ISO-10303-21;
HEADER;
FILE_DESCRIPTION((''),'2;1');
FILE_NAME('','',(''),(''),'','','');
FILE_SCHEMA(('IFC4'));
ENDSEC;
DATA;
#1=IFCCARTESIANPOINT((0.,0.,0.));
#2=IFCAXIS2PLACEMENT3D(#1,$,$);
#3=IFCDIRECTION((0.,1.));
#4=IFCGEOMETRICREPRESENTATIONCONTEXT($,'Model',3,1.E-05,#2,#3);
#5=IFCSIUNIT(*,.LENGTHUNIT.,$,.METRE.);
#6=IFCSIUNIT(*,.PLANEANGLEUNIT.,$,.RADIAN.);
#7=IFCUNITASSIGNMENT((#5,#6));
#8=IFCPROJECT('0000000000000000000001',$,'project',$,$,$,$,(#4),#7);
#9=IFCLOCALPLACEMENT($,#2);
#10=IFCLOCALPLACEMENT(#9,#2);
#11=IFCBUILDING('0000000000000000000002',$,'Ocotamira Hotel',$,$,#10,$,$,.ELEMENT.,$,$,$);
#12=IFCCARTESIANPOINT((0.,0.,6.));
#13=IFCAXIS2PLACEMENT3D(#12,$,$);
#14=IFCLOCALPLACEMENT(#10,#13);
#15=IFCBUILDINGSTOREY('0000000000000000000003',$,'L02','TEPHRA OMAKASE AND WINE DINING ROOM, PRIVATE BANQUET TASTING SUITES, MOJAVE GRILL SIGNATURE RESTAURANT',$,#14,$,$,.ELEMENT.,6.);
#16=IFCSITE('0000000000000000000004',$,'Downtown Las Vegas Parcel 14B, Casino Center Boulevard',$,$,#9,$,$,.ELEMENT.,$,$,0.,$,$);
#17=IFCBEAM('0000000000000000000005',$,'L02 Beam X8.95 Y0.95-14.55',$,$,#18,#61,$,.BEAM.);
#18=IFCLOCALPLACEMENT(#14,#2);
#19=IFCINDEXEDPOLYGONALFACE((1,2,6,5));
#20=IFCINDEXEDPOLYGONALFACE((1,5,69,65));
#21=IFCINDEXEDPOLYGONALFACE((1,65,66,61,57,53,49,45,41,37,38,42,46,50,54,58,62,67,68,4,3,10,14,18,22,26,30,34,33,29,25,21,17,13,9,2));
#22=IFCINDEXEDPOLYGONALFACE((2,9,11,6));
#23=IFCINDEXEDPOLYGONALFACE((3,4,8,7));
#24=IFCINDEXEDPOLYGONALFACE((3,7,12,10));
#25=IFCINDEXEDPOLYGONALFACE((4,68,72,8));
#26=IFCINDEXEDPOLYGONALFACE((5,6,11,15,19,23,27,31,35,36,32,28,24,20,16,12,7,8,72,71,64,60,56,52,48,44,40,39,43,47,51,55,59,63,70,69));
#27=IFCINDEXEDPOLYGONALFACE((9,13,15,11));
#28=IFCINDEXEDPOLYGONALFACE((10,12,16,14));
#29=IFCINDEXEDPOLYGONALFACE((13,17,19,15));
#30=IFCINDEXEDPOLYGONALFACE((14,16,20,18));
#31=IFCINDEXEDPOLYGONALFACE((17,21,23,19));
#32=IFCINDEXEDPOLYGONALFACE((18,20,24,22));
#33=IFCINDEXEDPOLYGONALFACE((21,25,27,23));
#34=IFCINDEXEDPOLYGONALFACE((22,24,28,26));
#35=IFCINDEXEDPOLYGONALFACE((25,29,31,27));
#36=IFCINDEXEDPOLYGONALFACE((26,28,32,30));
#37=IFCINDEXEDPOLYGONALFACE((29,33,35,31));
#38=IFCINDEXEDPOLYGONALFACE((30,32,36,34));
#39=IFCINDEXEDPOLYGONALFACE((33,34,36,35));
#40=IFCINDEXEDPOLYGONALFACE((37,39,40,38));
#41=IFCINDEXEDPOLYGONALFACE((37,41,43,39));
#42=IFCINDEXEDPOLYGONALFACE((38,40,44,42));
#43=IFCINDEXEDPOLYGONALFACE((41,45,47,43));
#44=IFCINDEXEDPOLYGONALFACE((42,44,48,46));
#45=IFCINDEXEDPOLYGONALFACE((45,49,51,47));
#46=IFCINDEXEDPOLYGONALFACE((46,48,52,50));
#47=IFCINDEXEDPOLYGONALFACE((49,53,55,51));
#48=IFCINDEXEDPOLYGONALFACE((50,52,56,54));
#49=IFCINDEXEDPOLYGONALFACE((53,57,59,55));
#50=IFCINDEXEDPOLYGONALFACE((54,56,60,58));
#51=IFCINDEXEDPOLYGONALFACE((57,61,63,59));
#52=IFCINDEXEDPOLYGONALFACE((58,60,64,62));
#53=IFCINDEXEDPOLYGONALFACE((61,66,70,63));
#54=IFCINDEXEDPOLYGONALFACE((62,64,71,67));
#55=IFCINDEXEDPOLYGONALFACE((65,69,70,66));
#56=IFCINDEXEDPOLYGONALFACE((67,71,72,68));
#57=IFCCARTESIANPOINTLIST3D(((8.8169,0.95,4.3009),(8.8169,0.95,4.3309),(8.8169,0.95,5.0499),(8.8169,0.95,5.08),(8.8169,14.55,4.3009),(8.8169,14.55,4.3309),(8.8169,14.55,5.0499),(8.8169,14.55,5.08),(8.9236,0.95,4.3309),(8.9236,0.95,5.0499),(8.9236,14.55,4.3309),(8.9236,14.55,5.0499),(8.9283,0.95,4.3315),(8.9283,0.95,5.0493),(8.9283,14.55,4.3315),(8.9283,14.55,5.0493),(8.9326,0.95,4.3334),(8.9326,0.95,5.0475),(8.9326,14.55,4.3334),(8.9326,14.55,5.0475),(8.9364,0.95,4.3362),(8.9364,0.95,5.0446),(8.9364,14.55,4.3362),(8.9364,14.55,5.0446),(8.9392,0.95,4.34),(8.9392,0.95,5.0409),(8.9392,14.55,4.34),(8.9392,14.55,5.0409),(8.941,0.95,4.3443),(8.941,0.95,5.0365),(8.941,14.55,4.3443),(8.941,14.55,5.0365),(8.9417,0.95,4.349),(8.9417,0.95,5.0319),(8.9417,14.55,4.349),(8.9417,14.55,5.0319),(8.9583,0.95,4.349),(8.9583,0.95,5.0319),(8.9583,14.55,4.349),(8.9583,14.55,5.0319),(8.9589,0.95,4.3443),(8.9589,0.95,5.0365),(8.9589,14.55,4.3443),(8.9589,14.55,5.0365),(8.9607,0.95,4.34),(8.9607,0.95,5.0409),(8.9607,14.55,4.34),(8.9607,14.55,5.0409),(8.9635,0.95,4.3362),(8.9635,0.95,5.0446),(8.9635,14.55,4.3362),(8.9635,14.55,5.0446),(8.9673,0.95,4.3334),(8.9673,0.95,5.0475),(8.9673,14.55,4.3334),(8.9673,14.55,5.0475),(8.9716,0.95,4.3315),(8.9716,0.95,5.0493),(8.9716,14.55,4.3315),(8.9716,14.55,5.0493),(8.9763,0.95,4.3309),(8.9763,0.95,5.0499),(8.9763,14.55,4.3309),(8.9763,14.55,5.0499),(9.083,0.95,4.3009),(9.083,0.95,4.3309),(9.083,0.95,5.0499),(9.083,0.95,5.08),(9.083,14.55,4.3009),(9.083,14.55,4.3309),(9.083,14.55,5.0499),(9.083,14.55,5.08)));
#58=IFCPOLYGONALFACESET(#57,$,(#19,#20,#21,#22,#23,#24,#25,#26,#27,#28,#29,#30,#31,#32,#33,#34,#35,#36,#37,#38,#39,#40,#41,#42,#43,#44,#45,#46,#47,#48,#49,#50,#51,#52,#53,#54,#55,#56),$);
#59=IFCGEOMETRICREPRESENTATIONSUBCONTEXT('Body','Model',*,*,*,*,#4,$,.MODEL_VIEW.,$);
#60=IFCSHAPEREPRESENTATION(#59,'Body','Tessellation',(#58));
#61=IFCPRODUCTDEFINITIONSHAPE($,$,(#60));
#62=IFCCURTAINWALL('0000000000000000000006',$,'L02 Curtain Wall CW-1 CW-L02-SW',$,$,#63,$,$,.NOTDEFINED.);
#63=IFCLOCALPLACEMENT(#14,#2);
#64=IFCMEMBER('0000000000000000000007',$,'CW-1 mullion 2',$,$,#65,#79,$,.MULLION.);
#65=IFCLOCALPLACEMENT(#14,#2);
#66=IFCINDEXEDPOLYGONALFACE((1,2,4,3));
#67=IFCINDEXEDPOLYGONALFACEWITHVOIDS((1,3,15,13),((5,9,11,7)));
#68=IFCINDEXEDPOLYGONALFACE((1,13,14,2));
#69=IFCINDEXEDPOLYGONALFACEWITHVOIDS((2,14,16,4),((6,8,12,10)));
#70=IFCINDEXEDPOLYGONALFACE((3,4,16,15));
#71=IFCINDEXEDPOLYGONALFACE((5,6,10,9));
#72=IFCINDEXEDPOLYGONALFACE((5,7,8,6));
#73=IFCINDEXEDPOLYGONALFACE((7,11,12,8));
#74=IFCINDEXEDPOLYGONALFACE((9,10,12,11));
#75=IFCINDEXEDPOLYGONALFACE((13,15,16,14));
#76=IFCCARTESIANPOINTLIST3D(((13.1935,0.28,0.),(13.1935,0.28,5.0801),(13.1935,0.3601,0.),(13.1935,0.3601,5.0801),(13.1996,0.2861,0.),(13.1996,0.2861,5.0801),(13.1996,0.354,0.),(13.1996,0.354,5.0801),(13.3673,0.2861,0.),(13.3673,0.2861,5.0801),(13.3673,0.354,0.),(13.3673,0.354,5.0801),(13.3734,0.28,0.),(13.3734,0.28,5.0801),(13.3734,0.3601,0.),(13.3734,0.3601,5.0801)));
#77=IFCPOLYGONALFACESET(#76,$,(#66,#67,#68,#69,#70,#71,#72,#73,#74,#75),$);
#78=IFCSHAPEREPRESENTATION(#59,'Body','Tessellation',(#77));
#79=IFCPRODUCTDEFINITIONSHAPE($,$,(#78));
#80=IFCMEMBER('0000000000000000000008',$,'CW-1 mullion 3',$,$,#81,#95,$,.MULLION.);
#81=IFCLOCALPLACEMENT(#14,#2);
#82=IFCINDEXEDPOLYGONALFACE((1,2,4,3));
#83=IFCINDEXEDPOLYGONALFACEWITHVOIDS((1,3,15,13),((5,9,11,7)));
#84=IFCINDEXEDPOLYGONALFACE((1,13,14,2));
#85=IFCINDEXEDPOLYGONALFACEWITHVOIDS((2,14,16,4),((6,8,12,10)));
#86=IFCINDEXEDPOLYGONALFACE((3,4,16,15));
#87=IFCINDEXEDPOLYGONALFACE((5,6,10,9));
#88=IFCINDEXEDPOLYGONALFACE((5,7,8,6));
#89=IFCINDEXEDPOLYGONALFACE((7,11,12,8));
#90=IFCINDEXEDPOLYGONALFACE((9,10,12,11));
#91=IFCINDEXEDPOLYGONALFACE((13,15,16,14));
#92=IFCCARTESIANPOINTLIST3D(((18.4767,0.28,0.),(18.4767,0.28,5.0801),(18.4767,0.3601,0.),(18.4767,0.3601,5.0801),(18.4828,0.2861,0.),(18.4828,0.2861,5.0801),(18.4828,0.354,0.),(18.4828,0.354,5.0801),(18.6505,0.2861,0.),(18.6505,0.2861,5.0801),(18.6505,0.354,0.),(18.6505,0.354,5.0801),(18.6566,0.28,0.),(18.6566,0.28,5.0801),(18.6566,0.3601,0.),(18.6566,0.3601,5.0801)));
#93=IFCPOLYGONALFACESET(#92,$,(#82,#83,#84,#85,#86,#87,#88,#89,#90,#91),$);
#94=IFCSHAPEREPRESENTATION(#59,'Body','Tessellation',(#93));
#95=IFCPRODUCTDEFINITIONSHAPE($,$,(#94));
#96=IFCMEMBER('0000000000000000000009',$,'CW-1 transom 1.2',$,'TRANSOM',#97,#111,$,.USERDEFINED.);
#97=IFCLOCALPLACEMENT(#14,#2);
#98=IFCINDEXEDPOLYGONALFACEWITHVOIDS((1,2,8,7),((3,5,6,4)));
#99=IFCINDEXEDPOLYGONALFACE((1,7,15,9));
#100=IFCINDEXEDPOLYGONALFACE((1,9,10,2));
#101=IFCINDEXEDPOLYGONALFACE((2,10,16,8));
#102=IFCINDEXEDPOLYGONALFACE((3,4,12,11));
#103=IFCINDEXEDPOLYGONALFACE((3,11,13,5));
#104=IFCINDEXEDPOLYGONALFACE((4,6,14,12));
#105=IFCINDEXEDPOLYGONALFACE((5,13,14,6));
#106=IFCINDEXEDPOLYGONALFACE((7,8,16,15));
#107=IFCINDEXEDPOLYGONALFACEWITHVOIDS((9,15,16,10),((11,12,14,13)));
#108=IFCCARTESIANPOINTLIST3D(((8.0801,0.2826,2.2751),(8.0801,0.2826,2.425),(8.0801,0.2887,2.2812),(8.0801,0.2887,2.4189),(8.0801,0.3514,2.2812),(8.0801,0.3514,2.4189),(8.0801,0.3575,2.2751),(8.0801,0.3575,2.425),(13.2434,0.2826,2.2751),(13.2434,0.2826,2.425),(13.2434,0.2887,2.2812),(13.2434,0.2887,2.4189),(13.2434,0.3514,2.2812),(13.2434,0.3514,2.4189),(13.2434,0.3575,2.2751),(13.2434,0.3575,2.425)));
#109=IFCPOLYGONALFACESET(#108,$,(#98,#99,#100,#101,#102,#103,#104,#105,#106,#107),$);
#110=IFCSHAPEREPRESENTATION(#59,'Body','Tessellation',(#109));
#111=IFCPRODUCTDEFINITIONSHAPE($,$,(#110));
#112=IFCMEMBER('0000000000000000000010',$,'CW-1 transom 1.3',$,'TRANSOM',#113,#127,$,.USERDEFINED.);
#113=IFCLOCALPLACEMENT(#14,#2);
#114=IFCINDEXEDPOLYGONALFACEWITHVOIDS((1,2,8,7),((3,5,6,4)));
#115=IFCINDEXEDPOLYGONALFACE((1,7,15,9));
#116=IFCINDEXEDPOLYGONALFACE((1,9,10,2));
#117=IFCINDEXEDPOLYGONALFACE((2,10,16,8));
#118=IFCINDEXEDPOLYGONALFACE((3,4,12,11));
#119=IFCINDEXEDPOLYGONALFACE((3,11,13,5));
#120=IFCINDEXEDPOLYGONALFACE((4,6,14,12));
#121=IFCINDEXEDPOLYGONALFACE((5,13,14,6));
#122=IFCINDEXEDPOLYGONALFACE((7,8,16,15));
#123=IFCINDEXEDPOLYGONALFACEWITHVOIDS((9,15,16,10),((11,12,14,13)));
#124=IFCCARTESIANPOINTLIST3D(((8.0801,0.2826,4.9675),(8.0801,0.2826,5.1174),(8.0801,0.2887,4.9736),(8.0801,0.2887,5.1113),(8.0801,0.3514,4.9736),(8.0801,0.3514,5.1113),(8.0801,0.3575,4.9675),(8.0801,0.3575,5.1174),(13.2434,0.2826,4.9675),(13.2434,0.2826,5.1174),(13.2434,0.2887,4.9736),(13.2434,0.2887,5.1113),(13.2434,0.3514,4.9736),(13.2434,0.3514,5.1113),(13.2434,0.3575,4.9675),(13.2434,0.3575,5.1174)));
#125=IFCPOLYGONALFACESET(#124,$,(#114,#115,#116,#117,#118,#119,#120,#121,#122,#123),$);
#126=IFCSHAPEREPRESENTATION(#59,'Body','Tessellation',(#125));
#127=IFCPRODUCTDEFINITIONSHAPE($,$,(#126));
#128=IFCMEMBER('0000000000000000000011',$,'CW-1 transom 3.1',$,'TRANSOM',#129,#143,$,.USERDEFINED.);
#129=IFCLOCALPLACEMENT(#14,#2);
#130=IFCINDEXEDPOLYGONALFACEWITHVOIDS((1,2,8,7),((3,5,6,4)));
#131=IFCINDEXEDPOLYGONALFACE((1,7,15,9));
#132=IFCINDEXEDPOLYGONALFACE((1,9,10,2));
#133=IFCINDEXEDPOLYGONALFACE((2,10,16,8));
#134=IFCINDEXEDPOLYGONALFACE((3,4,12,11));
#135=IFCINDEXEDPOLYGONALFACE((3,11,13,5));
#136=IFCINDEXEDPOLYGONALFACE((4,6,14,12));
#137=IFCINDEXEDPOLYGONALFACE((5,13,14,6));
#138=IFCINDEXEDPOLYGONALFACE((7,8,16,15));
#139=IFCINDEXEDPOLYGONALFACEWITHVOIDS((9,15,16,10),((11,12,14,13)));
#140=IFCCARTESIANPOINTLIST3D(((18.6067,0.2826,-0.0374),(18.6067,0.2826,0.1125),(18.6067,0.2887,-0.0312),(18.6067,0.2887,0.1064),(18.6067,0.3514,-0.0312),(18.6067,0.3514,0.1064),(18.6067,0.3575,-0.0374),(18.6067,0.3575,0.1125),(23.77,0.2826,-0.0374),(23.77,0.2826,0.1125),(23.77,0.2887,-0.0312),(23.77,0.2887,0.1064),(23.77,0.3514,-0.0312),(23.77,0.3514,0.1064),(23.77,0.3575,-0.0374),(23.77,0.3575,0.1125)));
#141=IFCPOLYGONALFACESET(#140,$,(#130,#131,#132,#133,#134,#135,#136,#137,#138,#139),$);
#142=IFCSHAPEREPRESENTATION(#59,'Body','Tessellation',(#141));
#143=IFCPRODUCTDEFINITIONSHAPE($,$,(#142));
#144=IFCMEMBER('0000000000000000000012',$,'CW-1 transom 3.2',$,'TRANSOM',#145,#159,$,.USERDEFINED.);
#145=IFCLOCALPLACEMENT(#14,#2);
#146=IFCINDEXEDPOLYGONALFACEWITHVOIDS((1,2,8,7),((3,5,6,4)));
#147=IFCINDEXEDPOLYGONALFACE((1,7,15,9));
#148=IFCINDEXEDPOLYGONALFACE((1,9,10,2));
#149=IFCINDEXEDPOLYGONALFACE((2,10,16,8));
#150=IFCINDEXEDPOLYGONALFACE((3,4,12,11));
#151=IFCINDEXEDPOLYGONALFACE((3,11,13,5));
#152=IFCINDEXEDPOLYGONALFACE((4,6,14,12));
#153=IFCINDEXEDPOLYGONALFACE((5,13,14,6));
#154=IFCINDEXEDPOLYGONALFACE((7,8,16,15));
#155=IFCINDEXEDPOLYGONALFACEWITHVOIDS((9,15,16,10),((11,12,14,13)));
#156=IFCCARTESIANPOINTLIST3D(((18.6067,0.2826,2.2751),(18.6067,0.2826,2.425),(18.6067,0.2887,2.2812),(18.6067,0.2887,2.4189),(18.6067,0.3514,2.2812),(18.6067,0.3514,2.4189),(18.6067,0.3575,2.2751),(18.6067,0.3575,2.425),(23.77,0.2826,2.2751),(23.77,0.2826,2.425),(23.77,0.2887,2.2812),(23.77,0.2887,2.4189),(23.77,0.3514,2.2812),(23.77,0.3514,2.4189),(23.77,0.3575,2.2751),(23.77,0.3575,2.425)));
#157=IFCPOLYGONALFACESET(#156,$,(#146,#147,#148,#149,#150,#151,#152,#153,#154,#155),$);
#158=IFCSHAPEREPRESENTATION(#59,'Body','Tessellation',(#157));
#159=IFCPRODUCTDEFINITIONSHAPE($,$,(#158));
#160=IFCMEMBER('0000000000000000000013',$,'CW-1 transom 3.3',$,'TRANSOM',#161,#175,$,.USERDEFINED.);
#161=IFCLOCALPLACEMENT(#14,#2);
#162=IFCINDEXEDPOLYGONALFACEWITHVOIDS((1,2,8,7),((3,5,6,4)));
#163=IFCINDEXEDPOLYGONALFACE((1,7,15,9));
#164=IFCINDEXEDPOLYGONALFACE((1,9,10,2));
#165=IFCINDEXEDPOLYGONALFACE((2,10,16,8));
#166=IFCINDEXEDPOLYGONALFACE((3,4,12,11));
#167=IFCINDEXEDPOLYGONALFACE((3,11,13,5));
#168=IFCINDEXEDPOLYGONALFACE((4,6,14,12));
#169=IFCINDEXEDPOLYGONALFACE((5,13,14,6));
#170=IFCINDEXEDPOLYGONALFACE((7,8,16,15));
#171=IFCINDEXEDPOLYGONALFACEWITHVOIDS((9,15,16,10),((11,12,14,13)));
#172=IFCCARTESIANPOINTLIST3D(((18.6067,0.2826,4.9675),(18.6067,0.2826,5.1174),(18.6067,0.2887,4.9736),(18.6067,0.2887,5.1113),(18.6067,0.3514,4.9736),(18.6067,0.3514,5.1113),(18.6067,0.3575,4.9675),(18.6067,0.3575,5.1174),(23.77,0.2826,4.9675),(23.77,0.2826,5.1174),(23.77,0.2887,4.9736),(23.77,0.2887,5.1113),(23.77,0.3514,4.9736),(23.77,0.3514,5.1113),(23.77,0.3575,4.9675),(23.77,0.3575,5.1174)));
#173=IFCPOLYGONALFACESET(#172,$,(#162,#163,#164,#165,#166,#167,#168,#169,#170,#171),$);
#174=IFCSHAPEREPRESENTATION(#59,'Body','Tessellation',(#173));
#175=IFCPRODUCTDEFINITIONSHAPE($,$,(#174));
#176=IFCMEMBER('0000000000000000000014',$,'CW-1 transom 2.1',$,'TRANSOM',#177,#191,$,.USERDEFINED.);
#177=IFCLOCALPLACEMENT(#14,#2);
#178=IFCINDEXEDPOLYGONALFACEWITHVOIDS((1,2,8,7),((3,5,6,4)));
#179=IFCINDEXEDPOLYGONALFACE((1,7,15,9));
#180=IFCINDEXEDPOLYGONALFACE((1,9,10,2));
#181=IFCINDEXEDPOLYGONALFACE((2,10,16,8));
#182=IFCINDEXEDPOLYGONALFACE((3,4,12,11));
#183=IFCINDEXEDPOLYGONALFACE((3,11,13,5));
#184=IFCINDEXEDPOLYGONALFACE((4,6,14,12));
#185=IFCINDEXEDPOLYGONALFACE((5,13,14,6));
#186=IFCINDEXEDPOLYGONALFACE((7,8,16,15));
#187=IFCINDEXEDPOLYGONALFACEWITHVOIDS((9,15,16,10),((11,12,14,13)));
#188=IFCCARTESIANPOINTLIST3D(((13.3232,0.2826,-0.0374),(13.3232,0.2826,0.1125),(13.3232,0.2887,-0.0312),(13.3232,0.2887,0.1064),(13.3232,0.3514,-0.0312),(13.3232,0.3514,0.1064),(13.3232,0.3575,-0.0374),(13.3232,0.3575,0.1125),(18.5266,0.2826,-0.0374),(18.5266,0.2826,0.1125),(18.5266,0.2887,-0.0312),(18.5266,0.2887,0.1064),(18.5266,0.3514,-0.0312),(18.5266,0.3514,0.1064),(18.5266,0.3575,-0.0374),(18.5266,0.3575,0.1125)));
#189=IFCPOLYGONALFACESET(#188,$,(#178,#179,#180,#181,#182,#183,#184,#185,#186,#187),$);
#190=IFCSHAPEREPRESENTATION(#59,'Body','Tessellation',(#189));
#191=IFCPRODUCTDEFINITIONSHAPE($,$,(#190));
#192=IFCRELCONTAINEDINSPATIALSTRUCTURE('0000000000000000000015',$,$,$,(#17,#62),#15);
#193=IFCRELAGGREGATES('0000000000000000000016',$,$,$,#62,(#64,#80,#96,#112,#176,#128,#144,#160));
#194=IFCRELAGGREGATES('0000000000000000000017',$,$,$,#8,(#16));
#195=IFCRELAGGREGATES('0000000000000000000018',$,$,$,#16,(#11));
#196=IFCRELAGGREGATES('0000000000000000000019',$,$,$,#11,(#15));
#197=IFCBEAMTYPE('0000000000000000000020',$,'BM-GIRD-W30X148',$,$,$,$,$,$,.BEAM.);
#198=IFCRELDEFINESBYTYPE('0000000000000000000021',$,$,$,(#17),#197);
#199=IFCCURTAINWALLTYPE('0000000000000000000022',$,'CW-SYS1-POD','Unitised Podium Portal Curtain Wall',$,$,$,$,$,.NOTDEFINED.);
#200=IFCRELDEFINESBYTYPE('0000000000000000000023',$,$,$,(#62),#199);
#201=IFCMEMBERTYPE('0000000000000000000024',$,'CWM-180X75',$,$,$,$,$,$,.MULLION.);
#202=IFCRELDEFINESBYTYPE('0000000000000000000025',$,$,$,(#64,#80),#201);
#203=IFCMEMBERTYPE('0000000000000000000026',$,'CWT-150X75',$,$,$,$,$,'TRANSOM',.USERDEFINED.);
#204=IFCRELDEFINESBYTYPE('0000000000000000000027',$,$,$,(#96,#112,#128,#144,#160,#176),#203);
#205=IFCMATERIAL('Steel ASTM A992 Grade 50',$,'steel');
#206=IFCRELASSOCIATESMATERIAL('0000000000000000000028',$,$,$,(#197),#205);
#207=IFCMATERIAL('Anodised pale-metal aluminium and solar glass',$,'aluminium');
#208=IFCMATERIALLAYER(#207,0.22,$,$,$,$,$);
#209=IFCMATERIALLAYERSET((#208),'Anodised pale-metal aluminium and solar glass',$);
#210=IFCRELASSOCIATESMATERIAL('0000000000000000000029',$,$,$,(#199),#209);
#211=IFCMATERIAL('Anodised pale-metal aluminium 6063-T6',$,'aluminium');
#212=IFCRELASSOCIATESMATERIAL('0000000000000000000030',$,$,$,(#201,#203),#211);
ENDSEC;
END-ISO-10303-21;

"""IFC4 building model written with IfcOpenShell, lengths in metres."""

from ifc_helpers import new_model, si_unit, direction, frame, origin, origin_2d, place, context, subcontext, project, spatial, hollow_rectangle, i_section, extrude, source, transform, mapped, material, layer, layer_set, material_profile, profile_set, type_object, element, aggregate, save


model = new_model("IFC4")

# Units and contexts
model_context = context("Model", 3, precision=1e-05, world=origin(), true_north=direction((0.0, 1.0)))
body_context = subcontext(model_context, "Body", "Model", "MODEL_VIEW")
ifc_project = project(units=[si_unit("LENGTHUNIT", "METRE"), si_unit("PLANEANGLEUNIT", "RADIAN")], contexts=[model_context])

# Site, building, storey
site_placement = place(None, origin())
site = spatial("IfcSite", under=ifc_project, at=site_placement, Name="Downtown Las Vegas Parcel 14B, Casino Center Boulevard", CompositionType="ELEMENT", RefElevation=0.0)
building_placement = place(site_placement, origin())
building = spatial("IfcBuilding", under=site, at=building_placement, Name="Ocotamira Hotel", CompositionType="ELEMENT")
storey_placement = place(building_placement, frame((0.0, 0.0, 6.0)))
storey = spatial("IfcBuildingStorey", under=building, at=storey_placement, Name="L02", Description="TEPHRA OMAKASE AND WINE DINING ROOM, PRIVATE BANQUET TASTING SUITES, MOJAVE GRILL SIGNATURE RESTAURANT", CompositionType="ELEMENT", Elevation=6.0)

# Beam
ifc_material_1 = material(Name="Steel ASTM A992 Grade 50", Category="steel")
ifc_material_profile_1 = material_profile(ifc_material_1, i_section(OverallWidth=0.2661, OverallDepth=0.7791, WebThickness=0.0166, FlangeThickness=0.03, FilletRadius=0.0181, at=origin_2d()), Name="W30X148")
ifc_profile_set_1 = profile_set([ifc_material_profile_1], Name="Steel ASTM A992 Grade 50")
beam_type_1 = type_object("IfcBeamType", Name="BM-GIRD-W30X148", PredefinedType="BEAM", material=ifc_profile_set_1)
shared_shape_1 = source(origin(), body_context, "Body", "SweptSolid", [
    extrude(i_section(OverallWidth=0.2661, OverallDepth=0.7791, WebThickness=0.0166, FlangeThickness=0.03, FilletRadius=0.0181, at=origin_2d()), origin(), (0.0, 0.0, 1.0), 13.6001),
])
beam_1_placement = place(storey_placement, frame((8.95, 0.95, 4.6904), z_axis=(0.0, 1.0, 0.0), x_axis=(-1.0, 0.0, 0.0)))
element("IfcBeam", 1, at=beam_1_placement, inside=storey, type_object=beam_type_1, Name="L02 Beam X8.95 Y0.95-14.55", PredefinedType="BEAM", context=body_context, shape_type="MappedRepresentation", body=[
    mapped(shared_shape_1, transform((0.0, 0.0, 0.0), scale=1.0)),
])

# Curtain wall, members
ifc_material_2 = material(Name="Anodised pale-metal aluminium and solar glass", Category="aluminium")
ifc_layer_1 = layer(ifc_material_2, 0.22)
ifc_layer_set_1 = layer_set([ifc_layer_1], Name="Anodised pale-metal aluminium and solar glass")
curtain_wall_type = type_object("IfcCurtainWallType", Name="CW-SYS1-POD", Description="Unitised Podium Portal Curtain Wall", PredefinedType="NOTDEFINED", material=ifc_layer_set_1)
curtain_wall_placement = place(storey_placement, origin())
curtain_wall = element("IfcCurtainWall", 2, at=curtain_wall_placement, inside=storey, type_object=curtain_wall_type, Name="L02 Curtain Wall CW-1 CW-L02-SW", PredefinedType="NOTDEFINED")
ifc_material_3 = material(Name="Anodised pale-metal aluminium 6063-T6", Category="aluminium")
ifc_material_profile_2 = material_profile(ifc_material_3, hollow_rectangle(XDim=0.0801, YDim=0.1799, WallThickness=0.0061, at=origin_2d()), Name="HSS180X80X6")
ifc_profile_set_2 = profile_set([ifc_material_profile_2], Name="Anodised pale-metal aluminium 6063-T6")
member_type_1 = type_object("IfcMemberType", Name="CWM-180X75", PredefinedType="MULLION", material=ifc_profile_set_2)
shared_shape_2 = source(origin(), body_context, "Body", "SweptSolid", [
    extrude(hollow_rectangle(XDim=0.0801, YDim=0.1799, WallThickness=0.0061, at=origin_2d()), origin(), (0.0, 0.0, 1.0), 5.0801),
])
member_1_placement = place(storey_placement, frame((13.2834, 0.3201, 0.0), z_axis=(0.0, 0.0, 1.0), x_axis=(0.0, 1.0, 0.0)))
member_1 = element("IfcMember", 3, at=member_1_placement, type_object=member_type_1, Name="CW-1 mullion 2", PredefinedType="MULLION", context=body_context, shape_type="MappedRepresentation", body=[
    mapped(shared_shape_2, transform((0.0, 0.0, 0.0), scale=1.0)),
])
member_2_placement = place(storey_placement, frame((18.5667, 0.3201, 0.0), z_axis=(0.0, 0.0, 1.0), x_axis=(0.0, 1.0, 0.0)))
member_2 = element("IfcMember", 4, at=member_2_placement, type_object=member_type_1, Name="CW-1 mullion 3", PredefinedType="MULLION", context=body_context, shape_type="MappedRepresentation", body=[
    mapped(shared_shape_2, transform((0.0, 0.0, 0.0), scale=1.0)),
])
ifc_material_profile_3 = material_profile(ifc_material_3, hollow_rectangle(XDim=0.075, YDim=0.1499, WallThickness=0.0061, at=origin_2d()), Name="HSS150X75X6")
ifc_profile_set_3 = profile_set([ifc_material_profile_3], Name="Anodised pale-metal aluminium 6063-T6")
member_type_2 = type_object("IfcMemberType", Name="CWT-150X75", ElementType="TRANSOM", PredefinedType="USERDEFINED", material=ifc_profile_set_3)
shared_shape_3 = source(origin(), body_context, "Body", "SweptSolid", [
    extrude(hollow_rectangle(XDim=0.075, YDim=0.1499, WallThickness=0.0061, at=origin_2d()), origin(), (0.0, 0.0, 1.0), 5.1633),
])
member_3_placement = place(storey_placement, frame((8.0801, 0.3201, 2.3501), z_axis=(1.0, 0.0, 0.0), x_axis=(0.0, 1.0, 0.0)))
member_3 = element("IfcMember", 5, at=member_3_placement, type_object=member_type_2, Name="CW-1 transom 1.2", ObjectType="TRANSOM", PredefinedType="USERDEFINED", context=body_context, shape_type="MappedRepresentation", body=[
    mapped(shared_shape_3, transform((0.0, 0.0, 0.0), scale=1.0)),
])
member_4_placement = place(storey_placement, frame((8.0801, 0.3201, 5.0425), z_axis=(1.0, 0.0, 0.0), x_axis=(0.0, 1.0, 0.0)))
member_4 = element("IfcMember", 6, at=member_4_placement, type_object=member_type_2, Name="CW-1 transom 1.3", ObjectType="TRANSOM", PredefinedType="USERDEFINED", context=body_context, shape_type="MappedRepresentation", body=[
    mapped(shared_shape_3, transform((0.0, 0.0, 0.0), scale=1.0)),
])
member_5_placement = place(storey_placement, frame((18.6067, 0.3201, 0.0376), z_axis=(1.0, 0.0, 0.0), x_axis=(0.0, 1.0, 0.0)))
member_5 = element("IfcMember", 7, at=member_5_placement, type_object=member_type_2, Name="CW-1 transom 3.1", ObjectType="TRANSOM", PredefinedType="USERDEFINED", context=body_context, shape_type="MappedRepresentation", body=[
    mapped(shared_shape_3, transform((0.0, 0.0, 0.0), scale=1.0)),
])
member_6_placement = place(storey_placement, frame((18.6067, 0.3201, 2.3501), z_axis=(1.0, 0.0, 0.0), x_axis=(0.0, 1.0, 0.0)))
member_6 = element("IfcMember", 8, at=member_6_placement, type_object=member_type_2, Name="CW-1 transom 3.2", ObjectType="TRANSOM", PredefinedType="USERDEFINED", context=body_context, shape_type="MappedRepresentation", body=[
    mapped(shared_shape_3, transform((0.0, 0.0, 0.0), scale=1.0)),
])
member_7_placement = place(storey_placement, frame((18.6067, 0.3201, 5.0425), z_axis=(1.0, 0.0, 0.0), x_axis=(0.0, 1.0, 0.0)))
member_7 = element("IfcMember", 9, at=member_7_placement, type_object=member_type_2, Name="CW-1 transom 3.3", ObjectType="TRANSOM", PredefinedType="USERDEFINED", context=body_context, shape_type="MappedRepresentation", body=[
    mapped(shared_shape_3, transform((0.0, 0.0, 0.0), scale=1.0)),
])
shared_shape_4 = source(origin(), body_context, "Body", "SweptSolid", [
    extrude(hollow_rectangle(XDim=0.075, YDim=0.1499, WallThickness=0.0061, at=origin_2d()), origin(), (0.0, 0.0, 1.0), 5.2034),
])
member_8_placement = place(storey_placement, frame((13.3232, 0.3201, 0.0376), z_axis=(1.0, 0.0, 0.0), x_axis=(0.0, 1.0, 0.0)))
member_8 = element("IfcMember", 10, at=member_8_placement, type_object=member_type_2, Name="CW-1 transom 2.1", ObjectType="TRANSOM", PredefinedType="USERDEFINED", context=body_context, shape_type="MappedRepresentation", body=[
    mapped(shared_shape_4, transform((0.0, 0.0, 0.0), scale=1.0)),
])
aggregate(curtain_wall, [member_1, member_2, member_3, member_4, member_8, member_5, member_6, member_7])

save(model, "model.ifc")
